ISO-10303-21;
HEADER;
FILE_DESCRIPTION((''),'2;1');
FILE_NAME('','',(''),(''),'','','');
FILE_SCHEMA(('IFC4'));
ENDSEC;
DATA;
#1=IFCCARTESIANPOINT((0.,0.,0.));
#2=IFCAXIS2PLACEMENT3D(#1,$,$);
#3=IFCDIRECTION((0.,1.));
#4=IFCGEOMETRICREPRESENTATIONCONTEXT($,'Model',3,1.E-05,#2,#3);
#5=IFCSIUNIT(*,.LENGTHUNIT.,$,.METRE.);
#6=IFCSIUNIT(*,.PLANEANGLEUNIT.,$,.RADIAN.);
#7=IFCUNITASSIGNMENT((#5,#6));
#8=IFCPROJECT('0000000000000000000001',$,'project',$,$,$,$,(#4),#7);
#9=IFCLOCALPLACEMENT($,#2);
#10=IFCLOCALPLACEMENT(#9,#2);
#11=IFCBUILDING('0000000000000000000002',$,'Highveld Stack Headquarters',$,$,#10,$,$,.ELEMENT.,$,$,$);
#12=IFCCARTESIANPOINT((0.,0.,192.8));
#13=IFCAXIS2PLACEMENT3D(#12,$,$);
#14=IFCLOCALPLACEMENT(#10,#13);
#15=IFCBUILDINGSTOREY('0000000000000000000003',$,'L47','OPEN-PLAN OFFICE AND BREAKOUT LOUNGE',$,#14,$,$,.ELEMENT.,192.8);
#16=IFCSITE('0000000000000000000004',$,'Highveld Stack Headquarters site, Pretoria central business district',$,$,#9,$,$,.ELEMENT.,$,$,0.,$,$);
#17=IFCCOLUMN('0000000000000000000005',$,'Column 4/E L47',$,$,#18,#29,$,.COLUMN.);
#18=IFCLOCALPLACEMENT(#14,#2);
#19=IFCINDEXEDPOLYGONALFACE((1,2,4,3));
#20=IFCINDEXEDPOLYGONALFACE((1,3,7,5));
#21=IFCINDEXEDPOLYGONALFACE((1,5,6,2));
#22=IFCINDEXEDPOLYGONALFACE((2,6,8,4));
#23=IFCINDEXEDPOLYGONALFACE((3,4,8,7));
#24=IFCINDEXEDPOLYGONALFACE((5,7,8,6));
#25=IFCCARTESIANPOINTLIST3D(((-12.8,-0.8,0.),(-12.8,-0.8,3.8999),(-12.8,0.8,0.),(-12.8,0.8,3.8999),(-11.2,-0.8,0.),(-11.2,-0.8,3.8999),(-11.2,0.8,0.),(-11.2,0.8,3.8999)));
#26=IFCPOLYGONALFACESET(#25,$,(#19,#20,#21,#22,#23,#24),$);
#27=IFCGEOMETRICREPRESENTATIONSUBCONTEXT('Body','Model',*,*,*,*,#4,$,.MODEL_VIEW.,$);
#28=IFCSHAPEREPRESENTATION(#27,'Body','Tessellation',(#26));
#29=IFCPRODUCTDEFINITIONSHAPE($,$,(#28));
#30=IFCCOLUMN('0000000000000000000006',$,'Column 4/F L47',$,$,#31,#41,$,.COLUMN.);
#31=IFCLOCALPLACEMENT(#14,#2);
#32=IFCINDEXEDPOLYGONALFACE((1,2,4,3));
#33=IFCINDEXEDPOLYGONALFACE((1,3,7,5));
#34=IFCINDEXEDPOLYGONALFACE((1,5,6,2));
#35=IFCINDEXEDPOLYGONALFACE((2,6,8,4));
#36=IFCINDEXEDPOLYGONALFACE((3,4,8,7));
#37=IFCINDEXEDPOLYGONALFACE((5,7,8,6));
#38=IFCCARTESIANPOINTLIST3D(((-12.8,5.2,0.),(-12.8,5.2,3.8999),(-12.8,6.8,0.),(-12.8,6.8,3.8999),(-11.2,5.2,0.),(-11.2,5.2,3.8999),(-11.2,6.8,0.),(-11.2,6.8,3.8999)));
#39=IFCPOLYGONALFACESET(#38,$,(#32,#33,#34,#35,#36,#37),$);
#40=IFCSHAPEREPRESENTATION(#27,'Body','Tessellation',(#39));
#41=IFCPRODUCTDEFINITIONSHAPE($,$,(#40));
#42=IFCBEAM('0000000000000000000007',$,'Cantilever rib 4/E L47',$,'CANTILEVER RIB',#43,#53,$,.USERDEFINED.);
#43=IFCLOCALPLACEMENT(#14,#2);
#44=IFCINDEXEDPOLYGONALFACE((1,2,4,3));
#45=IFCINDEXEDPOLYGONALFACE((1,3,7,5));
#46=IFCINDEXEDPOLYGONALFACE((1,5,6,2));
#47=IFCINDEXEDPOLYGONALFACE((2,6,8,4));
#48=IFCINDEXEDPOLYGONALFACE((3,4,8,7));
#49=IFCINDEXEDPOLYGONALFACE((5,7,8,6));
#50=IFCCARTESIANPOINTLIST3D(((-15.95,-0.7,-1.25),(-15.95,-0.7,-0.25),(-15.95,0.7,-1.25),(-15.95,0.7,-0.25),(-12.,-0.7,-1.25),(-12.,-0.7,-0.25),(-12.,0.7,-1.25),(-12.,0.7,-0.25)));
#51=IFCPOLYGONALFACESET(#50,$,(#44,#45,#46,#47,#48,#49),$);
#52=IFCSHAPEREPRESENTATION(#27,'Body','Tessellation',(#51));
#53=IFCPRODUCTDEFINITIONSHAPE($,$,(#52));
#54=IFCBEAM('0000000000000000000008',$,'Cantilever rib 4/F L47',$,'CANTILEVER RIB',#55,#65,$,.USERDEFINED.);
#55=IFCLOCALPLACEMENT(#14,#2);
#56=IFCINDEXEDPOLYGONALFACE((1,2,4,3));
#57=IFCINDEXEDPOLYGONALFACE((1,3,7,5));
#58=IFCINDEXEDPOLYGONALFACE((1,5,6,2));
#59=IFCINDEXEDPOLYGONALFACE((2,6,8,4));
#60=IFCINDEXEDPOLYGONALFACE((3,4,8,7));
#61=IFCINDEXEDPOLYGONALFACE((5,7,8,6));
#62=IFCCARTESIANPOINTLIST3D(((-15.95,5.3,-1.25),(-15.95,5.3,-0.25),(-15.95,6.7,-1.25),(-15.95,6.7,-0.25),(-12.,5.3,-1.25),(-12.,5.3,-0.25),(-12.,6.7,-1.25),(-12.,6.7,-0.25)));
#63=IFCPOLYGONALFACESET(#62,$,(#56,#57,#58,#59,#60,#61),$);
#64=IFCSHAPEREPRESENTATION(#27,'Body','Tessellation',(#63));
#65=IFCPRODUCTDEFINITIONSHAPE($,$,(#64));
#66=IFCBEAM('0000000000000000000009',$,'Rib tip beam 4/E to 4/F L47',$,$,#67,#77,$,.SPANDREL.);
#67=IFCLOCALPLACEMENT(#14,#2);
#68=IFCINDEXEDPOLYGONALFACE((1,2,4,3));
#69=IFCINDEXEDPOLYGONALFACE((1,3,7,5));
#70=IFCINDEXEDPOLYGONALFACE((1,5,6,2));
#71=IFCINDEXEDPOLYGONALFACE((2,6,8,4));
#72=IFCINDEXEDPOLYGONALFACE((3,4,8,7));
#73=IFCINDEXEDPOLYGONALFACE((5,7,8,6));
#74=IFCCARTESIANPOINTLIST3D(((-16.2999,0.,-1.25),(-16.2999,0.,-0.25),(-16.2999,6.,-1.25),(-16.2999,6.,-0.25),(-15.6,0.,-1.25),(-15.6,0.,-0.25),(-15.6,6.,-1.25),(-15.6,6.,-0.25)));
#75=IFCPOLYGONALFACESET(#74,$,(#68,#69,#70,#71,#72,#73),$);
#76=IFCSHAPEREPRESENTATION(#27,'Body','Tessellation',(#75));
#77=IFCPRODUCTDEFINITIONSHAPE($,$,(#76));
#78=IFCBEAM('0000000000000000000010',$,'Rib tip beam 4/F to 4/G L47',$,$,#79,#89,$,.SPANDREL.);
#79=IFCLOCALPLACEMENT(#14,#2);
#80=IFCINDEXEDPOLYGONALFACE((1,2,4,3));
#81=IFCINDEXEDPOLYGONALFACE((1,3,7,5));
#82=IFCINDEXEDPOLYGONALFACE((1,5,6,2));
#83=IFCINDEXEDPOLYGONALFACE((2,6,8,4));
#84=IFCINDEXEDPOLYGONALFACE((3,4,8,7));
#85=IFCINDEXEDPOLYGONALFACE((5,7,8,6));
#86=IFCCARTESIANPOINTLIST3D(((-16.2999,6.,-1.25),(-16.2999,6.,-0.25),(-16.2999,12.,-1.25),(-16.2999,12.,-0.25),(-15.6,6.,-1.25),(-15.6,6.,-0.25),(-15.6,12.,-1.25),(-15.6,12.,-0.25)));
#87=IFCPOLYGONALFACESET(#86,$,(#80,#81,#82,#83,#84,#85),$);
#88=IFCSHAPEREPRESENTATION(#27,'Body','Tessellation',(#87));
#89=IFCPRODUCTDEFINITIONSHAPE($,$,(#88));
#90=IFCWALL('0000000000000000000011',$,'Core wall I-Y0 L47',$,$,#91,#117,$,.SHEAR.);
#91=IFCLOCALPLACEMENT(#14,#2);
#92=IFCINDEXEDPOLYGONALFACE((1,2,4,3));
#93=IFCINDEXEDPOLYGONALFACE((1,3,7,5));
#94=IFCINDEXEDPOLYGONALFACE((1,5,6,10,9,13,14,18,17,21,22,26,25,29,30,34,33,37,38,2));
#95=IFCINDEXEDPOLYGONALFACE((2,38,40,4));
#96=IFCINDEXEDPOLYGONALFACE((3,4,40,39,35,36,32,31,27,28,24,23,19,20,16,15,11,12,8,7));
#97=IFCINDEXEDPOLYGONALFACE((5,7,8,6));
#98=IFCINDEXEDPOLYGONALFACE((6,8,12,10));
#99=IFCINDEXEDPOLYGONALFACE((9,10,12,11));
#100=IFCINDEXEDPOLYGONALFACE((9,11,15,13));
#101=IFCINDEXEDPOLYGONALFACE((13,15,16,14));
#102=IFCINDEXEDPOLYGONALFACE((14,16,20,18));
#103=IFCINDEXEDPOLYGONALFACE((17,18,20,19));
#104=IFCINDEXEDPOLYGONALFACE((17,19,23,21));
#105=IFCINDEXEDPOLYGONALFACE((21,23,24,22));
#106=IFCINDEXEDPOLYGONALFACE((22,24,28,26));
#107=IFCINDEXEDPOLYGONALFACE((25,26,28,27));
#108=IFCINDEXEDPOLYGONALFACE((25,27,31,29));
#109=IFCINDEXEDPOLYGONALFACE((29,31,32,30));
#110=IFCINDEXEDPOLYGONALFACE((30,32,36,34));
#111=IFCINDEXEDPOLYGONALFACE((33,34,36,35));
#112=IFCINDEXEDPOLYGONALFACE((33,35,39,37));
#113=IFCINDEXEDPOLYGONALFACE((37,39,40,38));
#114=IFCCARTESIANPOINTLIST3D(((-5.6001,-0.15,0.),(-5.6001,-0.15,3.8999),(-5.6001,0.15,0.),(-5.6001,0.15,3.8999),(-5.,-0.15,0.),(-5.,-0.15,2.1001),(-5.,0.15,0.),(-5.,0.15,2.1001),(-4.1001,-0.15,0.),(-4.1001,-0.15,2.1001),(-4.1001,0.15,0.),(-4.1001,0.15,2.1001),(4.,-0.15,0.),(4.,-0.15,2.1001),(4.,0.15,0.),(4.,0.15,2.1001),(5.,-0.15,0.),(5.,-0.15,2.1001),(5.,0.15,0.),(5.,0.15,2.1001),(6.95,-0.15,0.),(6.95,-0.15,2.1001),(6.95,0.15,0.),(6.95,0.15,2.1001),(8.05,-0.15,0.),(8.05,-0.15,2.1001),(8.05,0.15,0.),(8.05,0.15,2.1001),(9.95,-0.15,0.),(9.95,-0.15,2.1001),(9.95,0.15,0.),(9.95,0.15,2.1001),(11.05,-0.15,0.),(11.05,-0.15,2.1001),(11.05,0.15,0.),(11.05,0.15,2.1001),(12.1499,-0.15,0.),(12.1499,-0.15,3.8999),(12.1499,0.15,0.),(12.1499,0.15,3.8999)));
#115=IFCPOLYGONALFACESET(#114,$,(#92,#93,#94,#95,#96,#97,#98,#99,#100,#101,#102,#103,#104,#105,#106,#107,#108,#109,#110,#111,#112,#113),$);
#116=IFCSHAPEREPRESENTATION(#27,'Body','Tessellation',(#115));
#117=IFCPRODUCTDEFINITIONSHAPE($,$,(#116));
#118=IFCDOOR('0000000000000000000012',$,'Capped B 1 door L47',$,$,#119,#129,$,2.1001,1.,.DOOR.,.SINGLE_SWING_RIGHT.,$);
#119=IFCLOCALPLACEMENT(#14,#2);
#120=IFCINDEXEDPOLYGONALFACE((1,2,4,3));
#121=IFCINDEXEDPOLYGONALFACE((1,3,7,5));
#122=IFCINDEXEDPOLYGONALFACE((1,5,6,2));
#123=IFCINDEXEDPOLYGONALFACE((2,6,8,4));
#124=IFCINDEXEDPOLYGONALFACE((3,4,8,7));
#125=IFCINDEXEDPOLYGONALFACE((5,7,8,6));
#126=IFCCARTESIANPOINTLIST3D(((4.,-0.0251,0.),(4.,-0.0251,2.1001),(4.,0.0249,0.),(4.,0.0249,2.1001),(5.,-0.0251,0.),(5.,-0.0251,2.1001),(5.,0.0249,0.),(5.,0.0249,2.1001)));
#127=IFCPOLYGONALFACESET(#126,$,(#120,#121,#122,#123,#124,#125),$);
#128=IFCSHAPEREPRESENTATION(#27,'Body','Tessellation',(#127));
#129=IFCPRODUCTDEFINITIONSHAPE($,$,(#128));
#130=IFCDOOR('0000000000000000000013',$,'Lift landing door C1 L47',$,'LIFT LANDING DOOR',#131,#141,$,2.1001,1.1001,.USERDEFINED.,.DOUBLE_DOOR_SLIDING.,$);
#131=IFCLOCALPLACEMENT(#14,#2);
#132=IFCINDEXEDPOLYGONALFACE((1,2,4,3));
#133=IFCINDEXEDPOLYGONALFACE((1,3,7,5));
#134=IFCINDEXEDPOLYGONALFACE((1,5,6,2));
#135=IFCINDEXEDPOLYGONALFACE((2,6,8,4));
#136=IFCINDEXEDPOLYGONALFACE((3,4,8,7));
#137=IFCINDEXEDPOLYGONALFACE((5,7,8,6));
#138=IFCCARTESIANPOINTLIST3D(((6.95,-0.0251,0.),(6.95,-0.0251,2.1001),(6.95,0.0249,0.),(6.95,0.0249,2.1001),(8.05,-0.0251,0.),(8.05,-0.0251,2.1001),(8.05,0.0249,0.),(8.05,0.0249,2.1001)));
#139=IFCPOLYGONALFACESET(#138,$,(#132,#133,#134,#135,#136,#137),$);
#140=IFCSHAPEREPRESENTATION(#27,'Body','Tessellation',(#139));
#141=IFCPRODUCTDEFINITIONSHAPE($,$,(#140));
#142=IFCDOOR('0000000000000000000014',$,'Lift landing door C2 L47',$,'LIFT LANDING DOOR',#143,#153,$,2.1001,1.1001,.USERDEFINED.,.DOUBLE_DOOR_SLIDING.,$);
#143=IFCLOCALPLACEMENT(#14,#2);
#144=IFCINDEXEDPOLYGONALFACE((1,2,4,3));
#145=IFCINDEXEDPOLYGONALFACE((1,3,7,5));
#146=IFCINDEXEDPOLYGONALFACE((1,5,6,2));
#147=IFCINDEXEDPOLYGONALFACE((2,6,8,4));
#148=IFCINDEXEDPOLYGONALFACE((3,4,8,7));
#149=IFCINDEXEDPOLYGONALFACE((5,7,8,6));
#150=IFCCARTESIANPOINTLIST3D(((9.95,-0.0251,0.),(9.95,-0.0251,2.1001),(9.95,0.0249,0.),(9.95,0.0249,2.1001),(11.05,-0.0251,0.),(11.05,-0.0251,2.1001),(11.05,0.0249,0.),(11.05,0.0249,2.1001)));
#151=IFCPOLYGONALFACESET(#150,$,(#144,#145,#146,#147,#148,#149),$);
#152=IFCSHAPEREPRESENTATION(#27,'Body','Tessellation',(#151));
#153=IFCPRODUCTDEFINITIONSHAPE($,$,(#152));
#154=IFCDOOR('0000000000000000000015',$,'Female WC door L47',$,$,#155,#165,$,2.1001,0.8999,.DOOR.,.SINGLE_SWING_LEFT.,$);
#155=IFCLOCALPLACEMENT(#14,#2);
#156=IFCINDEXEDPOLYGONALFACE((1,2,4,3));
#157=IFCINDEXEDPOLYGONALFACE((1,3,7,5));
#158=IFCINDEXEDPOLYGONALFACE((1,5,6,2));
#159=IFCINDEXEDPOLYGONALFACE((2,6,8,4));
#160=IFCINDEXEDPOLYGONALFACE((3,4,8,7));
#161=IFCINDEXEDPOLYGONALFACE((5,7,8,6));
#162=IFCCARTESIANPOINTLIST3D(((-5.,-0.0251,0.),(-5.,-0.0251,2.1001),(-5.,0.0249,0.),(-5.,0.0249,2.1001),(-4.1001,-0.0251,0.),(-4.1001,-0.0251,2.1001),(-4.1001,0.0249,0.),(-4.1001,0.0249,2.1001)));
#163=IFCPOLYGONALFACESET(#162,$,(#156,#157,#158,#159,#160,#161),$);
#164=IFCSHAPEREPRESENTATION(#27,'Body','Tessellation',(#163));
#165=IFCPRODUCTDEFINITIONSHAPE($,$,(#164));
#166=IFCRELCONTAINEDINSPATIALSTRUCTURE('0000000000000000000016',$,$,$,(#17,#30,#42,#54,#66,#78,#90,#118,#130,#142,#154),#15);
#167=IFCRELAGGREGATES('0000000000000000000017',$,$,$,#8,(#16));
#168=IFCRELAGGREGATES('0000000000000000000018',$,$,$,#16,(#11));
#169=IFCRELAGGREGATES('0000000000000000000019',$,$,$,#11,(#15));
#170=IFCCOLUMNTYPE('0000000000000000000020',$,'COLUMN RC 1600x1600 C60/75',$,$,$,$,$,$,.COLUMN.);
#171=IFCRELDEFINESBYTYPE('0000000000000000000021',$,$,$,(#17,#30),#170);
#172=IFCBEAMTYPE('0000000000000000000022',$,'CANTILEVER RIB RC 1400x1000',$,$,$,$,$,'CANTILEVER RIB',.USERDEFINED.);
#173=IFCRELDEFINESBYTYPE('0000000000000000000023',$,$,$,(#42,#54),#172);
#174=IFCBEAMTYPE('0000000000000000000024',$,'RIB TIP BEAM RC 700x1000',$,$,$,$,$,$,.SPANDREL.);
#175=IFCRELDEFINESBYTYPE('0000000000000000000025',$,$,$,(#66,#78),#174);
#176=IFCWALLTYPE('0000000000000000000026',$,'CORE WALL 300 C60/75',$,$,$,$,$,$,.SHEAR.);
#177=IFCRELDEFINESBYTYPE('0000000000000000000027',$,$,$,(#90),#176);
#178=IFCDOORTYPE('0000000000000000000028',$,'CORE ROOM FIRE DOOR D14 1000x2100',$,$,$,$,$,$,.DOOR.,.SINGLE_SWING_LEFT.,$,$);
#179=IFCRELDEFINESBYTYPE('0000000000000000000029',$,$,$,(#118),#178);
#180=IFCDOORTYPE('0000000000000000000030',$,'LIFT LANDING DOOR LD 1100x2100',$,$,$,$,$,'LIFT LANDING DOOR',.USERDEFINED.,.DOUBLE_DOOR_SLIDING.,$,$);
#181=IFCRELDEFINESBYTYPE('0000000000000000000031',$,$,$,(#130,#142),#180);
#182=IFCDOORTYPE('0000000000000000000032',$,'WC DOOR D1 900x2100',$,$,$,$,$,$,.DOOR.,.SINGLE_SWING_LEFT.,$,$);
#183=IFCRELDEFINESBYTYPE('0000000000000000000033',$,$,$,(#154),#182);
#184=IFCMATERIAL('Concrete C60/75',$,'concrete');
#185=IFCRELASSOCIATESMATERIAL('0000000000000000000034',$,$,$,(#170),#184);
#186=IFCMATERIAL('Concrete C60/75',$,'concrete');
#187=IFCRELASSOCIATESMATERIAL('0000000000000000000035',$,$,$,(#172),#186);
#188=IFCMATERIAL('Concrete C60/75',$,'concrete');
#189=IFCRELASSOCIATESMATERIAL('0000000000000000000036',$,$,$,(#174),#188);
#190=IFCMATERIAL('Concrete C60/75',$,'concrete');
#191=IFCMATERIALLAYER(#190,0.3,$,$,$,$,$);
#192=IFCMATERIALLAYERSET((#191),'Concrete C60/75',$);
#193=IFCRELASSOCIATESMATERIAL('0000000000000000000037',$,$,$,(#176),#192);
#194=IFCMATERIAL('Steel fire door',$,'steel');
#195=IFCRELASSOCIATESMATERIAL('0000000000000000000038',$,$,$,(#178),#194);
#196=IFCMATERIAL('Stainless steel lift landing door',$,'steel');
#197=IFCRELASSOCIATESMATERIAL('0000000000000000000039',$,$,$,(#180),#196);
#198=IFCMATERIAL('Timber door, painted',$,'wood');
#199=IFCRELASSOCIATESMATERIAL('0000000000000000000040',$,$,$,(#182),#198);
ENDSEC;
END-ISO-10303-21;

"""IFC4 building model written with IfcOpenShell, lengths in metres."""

from ifc_helpers import new_model, si_unit, direction, frame, frame_2d, origin, origin_2d, place, context, subcontext, project, spatial, rectangle, extrude, material, layer, layer_set, material_profile, profile_set, type_object, element, fill, save


model = new_model("IFC4")

# Units and contexts
model_context = context("Model", 3, precision=1e-05, world=origin(), true_north=direction((0.0, 1.0)))
body_context = subcontext(model_context, "Body", "Model", "MODEL_VIEW")
ifc_project = project(units=[si_unit("LENGTHUNIT", "METRE"), si_unit("PLANEANGLEUNIT", "RADIAN")], contexts=[model_context])

# Site, building, storey
site_placement = place(None, origin())
site = spatial("IfcSite", under=ifc_project, at=site_placement, Name="Highveld Stack Headquarters site, Pretoria central business district", CompositionType="ELEMENT", RefElevation=0.0)
building_placement = place(site_placement, origin())
building = spatial("IfcBuilding", under=site, at=building_placement, Name="Highveld Stack Headquarters", CompositionType="ELEMENT")
storey_placement = place(building_placement, frame((0.0, 0.0, 192.8)))
storey = spatial("IfcBuildingStorey", under=building, at=storey_placement, Name="L47", Description="OPEN-PLAN OFFICE AND BREAKOUT LOUNGE", CompositionType="ELEMENT", Elevation=192.8)

# Columns
ifc_material_1 = material(Name="Concrete C60/75", Category="concrete")
ifc_material_profile_1 = material_profile(ifc_material_1, rectangle(XDim=1.6001, YDim=1.6001, at=origin_2d()), Name="RC 1600x1600")
ifc_profile_set_1 = profile_set([ifc_material_profile_1], Name="Concrete C60/75")
column_type = type_object("IfcColumnType", Name="COLUMN RC 1600x1600 C60/75", PredefinedType="COLUMN", material=ifc_profile_set_1)
for number, where, z_axis, x_axis, name in (
    (1, (-12.0, 0.0, 0.0), (0.0, 0.0, 1.0), (1.0, 0.0, 0.0), "Column 4/E L47"),
    (2, (-12.0, 6.0, 0.0), (0.0, 0.0, 1.0), (1.0, 0.0, 0.0), "Column 4/F L47"),
):
    element("IfcColumn", number, at=place(storey_placement, frame(where, z_axis=z_axis, x_axis=x_axis)), inside=storey, type_object=column_type, Name=name, PredefinedType="COLUMN", context=body_context, shape_type="SweptSolid", body=[
        extrude(rectangle(XDim=1.6001, YDim=1.6001, at=origin_2d()), origin(), (0.0, 0.0, 1.0), 3.8999),
    ])

# Beams
ifc_material_2 = material(Name="Concrete C60/75", Category="concrete")
ifc_material_profile_2 = material_profile(ifc_material_2, rectangle(XDim=1.3999, YDim=1.0, at=origin_2d()), Name="RC 1400x1000")
ifc_profile_set_2 = profile_set([ifc_material_profile_2], Name="Concrete C60/75")
beam_type_1 = type_object("IfcBeamType", Name="CANTILEVER RIB RC 1400x1000", ElementType="CANTILEVER RIB", PredefinedType="USERDEFINED", material=ifc_profile_set_2)
for number, where, z_axis, x_axis, name in (
    (3, (-12.0, 0.0, -0.75), (-1.0, 0.0, 0.0), (0.0, -1.0, 0.0), "Cantilever rib 4/E L47"),
    (4, (-12.0, 6.0, -0.75), (-1.0, 0.0, 0.0), (0.0, -1.0, 0.0), "Cantilever rib 4/F L47"),
):
    element("IfcBeam", number, at=place(storey_placement, frame(where, z_axis=z_axis, x_axis=x_axis)), inside=storey, type_object=beam_type_1, Name=name, ObjectType="CANTILEVER RIB", PredefinedType="USERDEFINED", context=body_context, shape_type="SweptSolid", body=[
        extrude(rectangle(XDim=1.3999, YDim=1.0, at=origin_2d()), origin(), (0.0, 0.0, 1.0), 3.95),
    ])
ifc_material_3 = material(Name="Concrete C60/75", Category="concrete")
ifc_material_profile_3 = material_profile(ifc_material_3, rectangle(XDim=0.7, YDim=1.0, at=origin_2d()), Name="RC 700x1000")
ifc_profile_set_3 = profile_set([ifc_material_profile_3], Name="Concrete C60/75")
beam_type_2 = type_object("IfcBeamType", Name="RIB TIP BEAM RC 700x1000", PredefinedType="SPANDREL", material=ifc_profile_set_3)
for number, where, z_axis, x_axis, name in (
    (5, (-15.95, 0.0, -0.75), (0.0, 1.0, 0.0), (-1.0, 0.0, 0.0), "Rib tip beam 4/E to 4/F L47"),
    (6, (-15.95, 6.0, -0.75), (0.0, 1.0, 0.0), (-1.0, 0.0, 0.0), "Rib tip beam 4/F to 4/G L47"),
):
    element("IfcBeam", number, at=place(storey_placement, frame(where, z_axis=z_axis, x_axis=x_axis)), inside=storey, type_object=beam_type_2, Name=name, PredefinedType="SPANDREL", context=body_context, shape_type="SweptSolid", body=[
        extrude(rectangle(XDim=0.7, YDim=1.0, at=origin_2d()), origin(), (0.0, 0.0, 1.0), 6.0),
    ])

# Wall, openings, doors
ifc_material_4 = material(Name="Concrete C60/75", Category="concrete")
ifc_layer_1 = layer(ifc_material_4, 0.3)
ifc_layer_set_1 = layer_set([ifc_layer_1], Name="Concrete C60/75")
wall_type_1 = type_object("IfcWallType", Name="CORE WALL 300 C60/75", PredefinedType="SHEAR", material=ifc_layer_set_1)
wall_1_placement = place(storey_placement, frame((-5.6001, 0.0, 0.0), z_axis=(0.0, 0.0, 1.0), x_axis=(1.0, 0.0, 0.0)))
wall_1 = element("IfcWall", 7, at=wall_1_placement, inside=storey, type_object=wall_type_1, Name="Core wall I-Y0 L47", PredefinedType="SHEAR", context=body_context, shape_type="SweptSolid", body=[
    extrude(rectangle(XDim=17.75, YDim=0.3, at=frame_2d((8.875, 0.0))), origin(), (0.0, 0.0, 1.0), 3.8999),
])
opening_1_placement = place(wall_1_placement, frame((0.6001, 0.0, 0.0)))
opening_1 = element("IfcOpeningElement", 8, at=opening_1_placement, cuts=wall_1, PredefinedType="OPENING", context=body_context, shape_type="SweptSolid", body=[
    extrude(rectangle(XDim=0.8999, YDim=2.1001, at=frame_2d((0.45, 1.05))), frame((0.0, 0.1599, 0.0), z_axis=(0.0, -1.0, 0.0), x_axis=(1.0, 0.0, 0.0)), (0.0, 0.0, 1.0), 0.3201),
])
opening_2_placement = place(wall_1_placement, frame((9.6001, 0.0, 0.0)))
opening_2 = element("IfcOpeningElement", 9, at=opening_2_placement, cuts=wall_1, PredefinedType="OPENING", context=body_context, shape_type="SweptSolid", body=[
    extrude(rectangle(XDim=1.0, YDim=2.1001, at=frame_2d((0.5, 1.05))), frame((0.0, 0.1599, 0.0), z_axis=(0.0, -1.0, 0.0), x_axis=(1.0, 0.0, 0.0)), (0.0, 0.0, 1.0), 0.3201),
])
opening_3_placement = place(wall_1_placement, frame((12.55, 0.0, 0.0)))
opening_3 = element("IfcOpeningElement", 10, at=opening_3_placement, cuts=wall_1, PredefinedType="OPENING", context=body_context, shape_type="SweptSolid", body=[
    extrude(rectangle(XDim=1.1001, YDim=2.1001, at=frame_2d((0.55, 1.05))), frame((0.0, 0.1599, 0.0), z_axis=(0.0, -1.0, 0.0), x_axis=(1.0, 0.0, 0.0)), (0.0, 0.0, 1.0), 0.3201),
])
opening_4_placement = place(wall_1_placement, frame((15.55, 0.0, 0.0)))
opening_4 = element("IfcOpeningElement", 11, at=opening_4_placement, cuts=wall_1, PredefinedType="OPENING", context=body_context, shape_type="SweptSolid", body=[
    extrude(rectangle(XDim=1.1001, YDim=2.1001, at=frame_2d((0.55, 1.05))), frame((0.0, 0.1599, 0.0), z_axis=(0.0, -1.0, 0.0), x_axis=(1.0, 0.0, 0.0)), (0.0, 0.0, 1.0), 0.3201),
])
ifc_material_5 = material(Name="Steel fire door", Category="steel")
door_type_1 = type_object("IfcDoorType", Name="CORE ROOM FIRE DOOR D14 1000x2100", OperationType="SINGLE_SWING_LEFT", PredefinedType="DOOR", material=ifc_material_5)
door_1_placement = place(opening_2_placement, origin())
door_1 = element("IfcDoor", 12, at=door_1_placement, inside=storey, type_object=door_type_1, Name="Capped B 1 door L47", OperationType="SINGLE_SWING_RIGHT", OverallHeight=2.1001, OverallWidth=1.0, PredefinedType="DOOR", context=body_context, shape_type="SweptSolid", body=[
    extrude(rectangle(XDim=1.0, YDim=2.1001, at=frame_2d((0.5, 1.05))), frame((0.0, 0.0249, 0.0), z_axis=(0.0, -1.0, 0.0), x_axis=(1.0, 0.0, 0.0)), (0.0, 0.0, 1.0), 0.05),
])
fill(opening_2, door_1)
ifc_material_6 = material(Name="Stainless steel lift landing door", Category="steel")
door_type_2 = type_object("IfcDoorType", Name="LIFT LANDING DOOR LD 1100x2100", ElementType="LIFT LANDING DOOR", OperationType="DOUBLE_DOOR_SLIDING", PredefinedType="USERDEFINED", material=ifc_material_6)
door_2_placement = place(opening_3_placement, origin())
door_2 = element("IfcDoor", 13, at=door_2_placement, inside=storey, type_object=door_type_2, Name="Lift landing door C1 L47", ObjectType="LIFT LANDING DOOR", OperationType="DOUBLE_DOOR_SLIDING", OverallHeight=2.1001, OverallWidth=1.1001, PredefinedType="USERDEFINED", context=body_context, shape_type="SweptSolid", body=[
    extrude(rectangle(XDim=1.1001, YDim=2.1001, at=frame_2d((0.55, 1.05))), frame((0.0, 0.0249, 0.0), z_axis=(0.0, -1.0, 0.0), x_axis=(1.0, 0.0, 0.0)), (0.0, 0.0, 1.0), 0.05),
])
fill(opening_3, door_2)
door_3_placement = place(opening_4_placement, origin())
door_3 = element("IfcDoor", 14, at=door_3_placement, inside=storey, type_object=door_type_2, Name="Lift landing door C2 L47", ObjectType="LIFT LANDING DOOR", OperationType="DOUBLE_DOOR_SLIDING", OverallHeight=2.1001, OverallWidth=1.1001, PredefinedType="USERDEFINED", context=body_context, shape_type="SweptSolid", body=[
    extrude(rectangle(XDim=1.1001, YDim=2.1001, at=frame_2d((0.55, 1.05))), frame((0.0, 0.0249, 0.0), z_axis=(0.0, -1.0, 0.0), x_axis=(1.0, 0.0, 0.0)), (0.0, 0.0, 1.0), 0.05),
])
fill(opening_4, door_3)
ifc_material_7 = material(Name="Timber door, painted", Category="wood")
door_type_3 = type_object("IfcDoorType", Name="WC DOOR D1 900x2100", OperationType="SINGLE_SWING_LEFT", PredefinedType="DOOR", material=ifc_material_7)
door_4_placement = place(opening_1_placement, origin())
door_4 = element("IfcDoor", 15, at=door_4_placement, inside=storey, type_object=door_type_3, Name="Female WC door L47", OperationType="SINGLE_SWING_LEFT", OverallHeight=2.1001, OverallWidth=0.8999, PredefinedType="DOOR", context=body_context, shape_type="SweptSolid", body=[
    extrude(rectangle(XDim=0.8999, YDim=2.1001, at=frame_2d((0.45, 1.05))), frame((0.0, 0.0249, 0.0), z_axis=(0.0, -1.0, 0.0), x_axis=(1.0, 0.0, 0.0)), (0.0, 0.0, 1.0), 0.05),
])
fill(opening_1, door_4)

save(model, "model.ifc")
